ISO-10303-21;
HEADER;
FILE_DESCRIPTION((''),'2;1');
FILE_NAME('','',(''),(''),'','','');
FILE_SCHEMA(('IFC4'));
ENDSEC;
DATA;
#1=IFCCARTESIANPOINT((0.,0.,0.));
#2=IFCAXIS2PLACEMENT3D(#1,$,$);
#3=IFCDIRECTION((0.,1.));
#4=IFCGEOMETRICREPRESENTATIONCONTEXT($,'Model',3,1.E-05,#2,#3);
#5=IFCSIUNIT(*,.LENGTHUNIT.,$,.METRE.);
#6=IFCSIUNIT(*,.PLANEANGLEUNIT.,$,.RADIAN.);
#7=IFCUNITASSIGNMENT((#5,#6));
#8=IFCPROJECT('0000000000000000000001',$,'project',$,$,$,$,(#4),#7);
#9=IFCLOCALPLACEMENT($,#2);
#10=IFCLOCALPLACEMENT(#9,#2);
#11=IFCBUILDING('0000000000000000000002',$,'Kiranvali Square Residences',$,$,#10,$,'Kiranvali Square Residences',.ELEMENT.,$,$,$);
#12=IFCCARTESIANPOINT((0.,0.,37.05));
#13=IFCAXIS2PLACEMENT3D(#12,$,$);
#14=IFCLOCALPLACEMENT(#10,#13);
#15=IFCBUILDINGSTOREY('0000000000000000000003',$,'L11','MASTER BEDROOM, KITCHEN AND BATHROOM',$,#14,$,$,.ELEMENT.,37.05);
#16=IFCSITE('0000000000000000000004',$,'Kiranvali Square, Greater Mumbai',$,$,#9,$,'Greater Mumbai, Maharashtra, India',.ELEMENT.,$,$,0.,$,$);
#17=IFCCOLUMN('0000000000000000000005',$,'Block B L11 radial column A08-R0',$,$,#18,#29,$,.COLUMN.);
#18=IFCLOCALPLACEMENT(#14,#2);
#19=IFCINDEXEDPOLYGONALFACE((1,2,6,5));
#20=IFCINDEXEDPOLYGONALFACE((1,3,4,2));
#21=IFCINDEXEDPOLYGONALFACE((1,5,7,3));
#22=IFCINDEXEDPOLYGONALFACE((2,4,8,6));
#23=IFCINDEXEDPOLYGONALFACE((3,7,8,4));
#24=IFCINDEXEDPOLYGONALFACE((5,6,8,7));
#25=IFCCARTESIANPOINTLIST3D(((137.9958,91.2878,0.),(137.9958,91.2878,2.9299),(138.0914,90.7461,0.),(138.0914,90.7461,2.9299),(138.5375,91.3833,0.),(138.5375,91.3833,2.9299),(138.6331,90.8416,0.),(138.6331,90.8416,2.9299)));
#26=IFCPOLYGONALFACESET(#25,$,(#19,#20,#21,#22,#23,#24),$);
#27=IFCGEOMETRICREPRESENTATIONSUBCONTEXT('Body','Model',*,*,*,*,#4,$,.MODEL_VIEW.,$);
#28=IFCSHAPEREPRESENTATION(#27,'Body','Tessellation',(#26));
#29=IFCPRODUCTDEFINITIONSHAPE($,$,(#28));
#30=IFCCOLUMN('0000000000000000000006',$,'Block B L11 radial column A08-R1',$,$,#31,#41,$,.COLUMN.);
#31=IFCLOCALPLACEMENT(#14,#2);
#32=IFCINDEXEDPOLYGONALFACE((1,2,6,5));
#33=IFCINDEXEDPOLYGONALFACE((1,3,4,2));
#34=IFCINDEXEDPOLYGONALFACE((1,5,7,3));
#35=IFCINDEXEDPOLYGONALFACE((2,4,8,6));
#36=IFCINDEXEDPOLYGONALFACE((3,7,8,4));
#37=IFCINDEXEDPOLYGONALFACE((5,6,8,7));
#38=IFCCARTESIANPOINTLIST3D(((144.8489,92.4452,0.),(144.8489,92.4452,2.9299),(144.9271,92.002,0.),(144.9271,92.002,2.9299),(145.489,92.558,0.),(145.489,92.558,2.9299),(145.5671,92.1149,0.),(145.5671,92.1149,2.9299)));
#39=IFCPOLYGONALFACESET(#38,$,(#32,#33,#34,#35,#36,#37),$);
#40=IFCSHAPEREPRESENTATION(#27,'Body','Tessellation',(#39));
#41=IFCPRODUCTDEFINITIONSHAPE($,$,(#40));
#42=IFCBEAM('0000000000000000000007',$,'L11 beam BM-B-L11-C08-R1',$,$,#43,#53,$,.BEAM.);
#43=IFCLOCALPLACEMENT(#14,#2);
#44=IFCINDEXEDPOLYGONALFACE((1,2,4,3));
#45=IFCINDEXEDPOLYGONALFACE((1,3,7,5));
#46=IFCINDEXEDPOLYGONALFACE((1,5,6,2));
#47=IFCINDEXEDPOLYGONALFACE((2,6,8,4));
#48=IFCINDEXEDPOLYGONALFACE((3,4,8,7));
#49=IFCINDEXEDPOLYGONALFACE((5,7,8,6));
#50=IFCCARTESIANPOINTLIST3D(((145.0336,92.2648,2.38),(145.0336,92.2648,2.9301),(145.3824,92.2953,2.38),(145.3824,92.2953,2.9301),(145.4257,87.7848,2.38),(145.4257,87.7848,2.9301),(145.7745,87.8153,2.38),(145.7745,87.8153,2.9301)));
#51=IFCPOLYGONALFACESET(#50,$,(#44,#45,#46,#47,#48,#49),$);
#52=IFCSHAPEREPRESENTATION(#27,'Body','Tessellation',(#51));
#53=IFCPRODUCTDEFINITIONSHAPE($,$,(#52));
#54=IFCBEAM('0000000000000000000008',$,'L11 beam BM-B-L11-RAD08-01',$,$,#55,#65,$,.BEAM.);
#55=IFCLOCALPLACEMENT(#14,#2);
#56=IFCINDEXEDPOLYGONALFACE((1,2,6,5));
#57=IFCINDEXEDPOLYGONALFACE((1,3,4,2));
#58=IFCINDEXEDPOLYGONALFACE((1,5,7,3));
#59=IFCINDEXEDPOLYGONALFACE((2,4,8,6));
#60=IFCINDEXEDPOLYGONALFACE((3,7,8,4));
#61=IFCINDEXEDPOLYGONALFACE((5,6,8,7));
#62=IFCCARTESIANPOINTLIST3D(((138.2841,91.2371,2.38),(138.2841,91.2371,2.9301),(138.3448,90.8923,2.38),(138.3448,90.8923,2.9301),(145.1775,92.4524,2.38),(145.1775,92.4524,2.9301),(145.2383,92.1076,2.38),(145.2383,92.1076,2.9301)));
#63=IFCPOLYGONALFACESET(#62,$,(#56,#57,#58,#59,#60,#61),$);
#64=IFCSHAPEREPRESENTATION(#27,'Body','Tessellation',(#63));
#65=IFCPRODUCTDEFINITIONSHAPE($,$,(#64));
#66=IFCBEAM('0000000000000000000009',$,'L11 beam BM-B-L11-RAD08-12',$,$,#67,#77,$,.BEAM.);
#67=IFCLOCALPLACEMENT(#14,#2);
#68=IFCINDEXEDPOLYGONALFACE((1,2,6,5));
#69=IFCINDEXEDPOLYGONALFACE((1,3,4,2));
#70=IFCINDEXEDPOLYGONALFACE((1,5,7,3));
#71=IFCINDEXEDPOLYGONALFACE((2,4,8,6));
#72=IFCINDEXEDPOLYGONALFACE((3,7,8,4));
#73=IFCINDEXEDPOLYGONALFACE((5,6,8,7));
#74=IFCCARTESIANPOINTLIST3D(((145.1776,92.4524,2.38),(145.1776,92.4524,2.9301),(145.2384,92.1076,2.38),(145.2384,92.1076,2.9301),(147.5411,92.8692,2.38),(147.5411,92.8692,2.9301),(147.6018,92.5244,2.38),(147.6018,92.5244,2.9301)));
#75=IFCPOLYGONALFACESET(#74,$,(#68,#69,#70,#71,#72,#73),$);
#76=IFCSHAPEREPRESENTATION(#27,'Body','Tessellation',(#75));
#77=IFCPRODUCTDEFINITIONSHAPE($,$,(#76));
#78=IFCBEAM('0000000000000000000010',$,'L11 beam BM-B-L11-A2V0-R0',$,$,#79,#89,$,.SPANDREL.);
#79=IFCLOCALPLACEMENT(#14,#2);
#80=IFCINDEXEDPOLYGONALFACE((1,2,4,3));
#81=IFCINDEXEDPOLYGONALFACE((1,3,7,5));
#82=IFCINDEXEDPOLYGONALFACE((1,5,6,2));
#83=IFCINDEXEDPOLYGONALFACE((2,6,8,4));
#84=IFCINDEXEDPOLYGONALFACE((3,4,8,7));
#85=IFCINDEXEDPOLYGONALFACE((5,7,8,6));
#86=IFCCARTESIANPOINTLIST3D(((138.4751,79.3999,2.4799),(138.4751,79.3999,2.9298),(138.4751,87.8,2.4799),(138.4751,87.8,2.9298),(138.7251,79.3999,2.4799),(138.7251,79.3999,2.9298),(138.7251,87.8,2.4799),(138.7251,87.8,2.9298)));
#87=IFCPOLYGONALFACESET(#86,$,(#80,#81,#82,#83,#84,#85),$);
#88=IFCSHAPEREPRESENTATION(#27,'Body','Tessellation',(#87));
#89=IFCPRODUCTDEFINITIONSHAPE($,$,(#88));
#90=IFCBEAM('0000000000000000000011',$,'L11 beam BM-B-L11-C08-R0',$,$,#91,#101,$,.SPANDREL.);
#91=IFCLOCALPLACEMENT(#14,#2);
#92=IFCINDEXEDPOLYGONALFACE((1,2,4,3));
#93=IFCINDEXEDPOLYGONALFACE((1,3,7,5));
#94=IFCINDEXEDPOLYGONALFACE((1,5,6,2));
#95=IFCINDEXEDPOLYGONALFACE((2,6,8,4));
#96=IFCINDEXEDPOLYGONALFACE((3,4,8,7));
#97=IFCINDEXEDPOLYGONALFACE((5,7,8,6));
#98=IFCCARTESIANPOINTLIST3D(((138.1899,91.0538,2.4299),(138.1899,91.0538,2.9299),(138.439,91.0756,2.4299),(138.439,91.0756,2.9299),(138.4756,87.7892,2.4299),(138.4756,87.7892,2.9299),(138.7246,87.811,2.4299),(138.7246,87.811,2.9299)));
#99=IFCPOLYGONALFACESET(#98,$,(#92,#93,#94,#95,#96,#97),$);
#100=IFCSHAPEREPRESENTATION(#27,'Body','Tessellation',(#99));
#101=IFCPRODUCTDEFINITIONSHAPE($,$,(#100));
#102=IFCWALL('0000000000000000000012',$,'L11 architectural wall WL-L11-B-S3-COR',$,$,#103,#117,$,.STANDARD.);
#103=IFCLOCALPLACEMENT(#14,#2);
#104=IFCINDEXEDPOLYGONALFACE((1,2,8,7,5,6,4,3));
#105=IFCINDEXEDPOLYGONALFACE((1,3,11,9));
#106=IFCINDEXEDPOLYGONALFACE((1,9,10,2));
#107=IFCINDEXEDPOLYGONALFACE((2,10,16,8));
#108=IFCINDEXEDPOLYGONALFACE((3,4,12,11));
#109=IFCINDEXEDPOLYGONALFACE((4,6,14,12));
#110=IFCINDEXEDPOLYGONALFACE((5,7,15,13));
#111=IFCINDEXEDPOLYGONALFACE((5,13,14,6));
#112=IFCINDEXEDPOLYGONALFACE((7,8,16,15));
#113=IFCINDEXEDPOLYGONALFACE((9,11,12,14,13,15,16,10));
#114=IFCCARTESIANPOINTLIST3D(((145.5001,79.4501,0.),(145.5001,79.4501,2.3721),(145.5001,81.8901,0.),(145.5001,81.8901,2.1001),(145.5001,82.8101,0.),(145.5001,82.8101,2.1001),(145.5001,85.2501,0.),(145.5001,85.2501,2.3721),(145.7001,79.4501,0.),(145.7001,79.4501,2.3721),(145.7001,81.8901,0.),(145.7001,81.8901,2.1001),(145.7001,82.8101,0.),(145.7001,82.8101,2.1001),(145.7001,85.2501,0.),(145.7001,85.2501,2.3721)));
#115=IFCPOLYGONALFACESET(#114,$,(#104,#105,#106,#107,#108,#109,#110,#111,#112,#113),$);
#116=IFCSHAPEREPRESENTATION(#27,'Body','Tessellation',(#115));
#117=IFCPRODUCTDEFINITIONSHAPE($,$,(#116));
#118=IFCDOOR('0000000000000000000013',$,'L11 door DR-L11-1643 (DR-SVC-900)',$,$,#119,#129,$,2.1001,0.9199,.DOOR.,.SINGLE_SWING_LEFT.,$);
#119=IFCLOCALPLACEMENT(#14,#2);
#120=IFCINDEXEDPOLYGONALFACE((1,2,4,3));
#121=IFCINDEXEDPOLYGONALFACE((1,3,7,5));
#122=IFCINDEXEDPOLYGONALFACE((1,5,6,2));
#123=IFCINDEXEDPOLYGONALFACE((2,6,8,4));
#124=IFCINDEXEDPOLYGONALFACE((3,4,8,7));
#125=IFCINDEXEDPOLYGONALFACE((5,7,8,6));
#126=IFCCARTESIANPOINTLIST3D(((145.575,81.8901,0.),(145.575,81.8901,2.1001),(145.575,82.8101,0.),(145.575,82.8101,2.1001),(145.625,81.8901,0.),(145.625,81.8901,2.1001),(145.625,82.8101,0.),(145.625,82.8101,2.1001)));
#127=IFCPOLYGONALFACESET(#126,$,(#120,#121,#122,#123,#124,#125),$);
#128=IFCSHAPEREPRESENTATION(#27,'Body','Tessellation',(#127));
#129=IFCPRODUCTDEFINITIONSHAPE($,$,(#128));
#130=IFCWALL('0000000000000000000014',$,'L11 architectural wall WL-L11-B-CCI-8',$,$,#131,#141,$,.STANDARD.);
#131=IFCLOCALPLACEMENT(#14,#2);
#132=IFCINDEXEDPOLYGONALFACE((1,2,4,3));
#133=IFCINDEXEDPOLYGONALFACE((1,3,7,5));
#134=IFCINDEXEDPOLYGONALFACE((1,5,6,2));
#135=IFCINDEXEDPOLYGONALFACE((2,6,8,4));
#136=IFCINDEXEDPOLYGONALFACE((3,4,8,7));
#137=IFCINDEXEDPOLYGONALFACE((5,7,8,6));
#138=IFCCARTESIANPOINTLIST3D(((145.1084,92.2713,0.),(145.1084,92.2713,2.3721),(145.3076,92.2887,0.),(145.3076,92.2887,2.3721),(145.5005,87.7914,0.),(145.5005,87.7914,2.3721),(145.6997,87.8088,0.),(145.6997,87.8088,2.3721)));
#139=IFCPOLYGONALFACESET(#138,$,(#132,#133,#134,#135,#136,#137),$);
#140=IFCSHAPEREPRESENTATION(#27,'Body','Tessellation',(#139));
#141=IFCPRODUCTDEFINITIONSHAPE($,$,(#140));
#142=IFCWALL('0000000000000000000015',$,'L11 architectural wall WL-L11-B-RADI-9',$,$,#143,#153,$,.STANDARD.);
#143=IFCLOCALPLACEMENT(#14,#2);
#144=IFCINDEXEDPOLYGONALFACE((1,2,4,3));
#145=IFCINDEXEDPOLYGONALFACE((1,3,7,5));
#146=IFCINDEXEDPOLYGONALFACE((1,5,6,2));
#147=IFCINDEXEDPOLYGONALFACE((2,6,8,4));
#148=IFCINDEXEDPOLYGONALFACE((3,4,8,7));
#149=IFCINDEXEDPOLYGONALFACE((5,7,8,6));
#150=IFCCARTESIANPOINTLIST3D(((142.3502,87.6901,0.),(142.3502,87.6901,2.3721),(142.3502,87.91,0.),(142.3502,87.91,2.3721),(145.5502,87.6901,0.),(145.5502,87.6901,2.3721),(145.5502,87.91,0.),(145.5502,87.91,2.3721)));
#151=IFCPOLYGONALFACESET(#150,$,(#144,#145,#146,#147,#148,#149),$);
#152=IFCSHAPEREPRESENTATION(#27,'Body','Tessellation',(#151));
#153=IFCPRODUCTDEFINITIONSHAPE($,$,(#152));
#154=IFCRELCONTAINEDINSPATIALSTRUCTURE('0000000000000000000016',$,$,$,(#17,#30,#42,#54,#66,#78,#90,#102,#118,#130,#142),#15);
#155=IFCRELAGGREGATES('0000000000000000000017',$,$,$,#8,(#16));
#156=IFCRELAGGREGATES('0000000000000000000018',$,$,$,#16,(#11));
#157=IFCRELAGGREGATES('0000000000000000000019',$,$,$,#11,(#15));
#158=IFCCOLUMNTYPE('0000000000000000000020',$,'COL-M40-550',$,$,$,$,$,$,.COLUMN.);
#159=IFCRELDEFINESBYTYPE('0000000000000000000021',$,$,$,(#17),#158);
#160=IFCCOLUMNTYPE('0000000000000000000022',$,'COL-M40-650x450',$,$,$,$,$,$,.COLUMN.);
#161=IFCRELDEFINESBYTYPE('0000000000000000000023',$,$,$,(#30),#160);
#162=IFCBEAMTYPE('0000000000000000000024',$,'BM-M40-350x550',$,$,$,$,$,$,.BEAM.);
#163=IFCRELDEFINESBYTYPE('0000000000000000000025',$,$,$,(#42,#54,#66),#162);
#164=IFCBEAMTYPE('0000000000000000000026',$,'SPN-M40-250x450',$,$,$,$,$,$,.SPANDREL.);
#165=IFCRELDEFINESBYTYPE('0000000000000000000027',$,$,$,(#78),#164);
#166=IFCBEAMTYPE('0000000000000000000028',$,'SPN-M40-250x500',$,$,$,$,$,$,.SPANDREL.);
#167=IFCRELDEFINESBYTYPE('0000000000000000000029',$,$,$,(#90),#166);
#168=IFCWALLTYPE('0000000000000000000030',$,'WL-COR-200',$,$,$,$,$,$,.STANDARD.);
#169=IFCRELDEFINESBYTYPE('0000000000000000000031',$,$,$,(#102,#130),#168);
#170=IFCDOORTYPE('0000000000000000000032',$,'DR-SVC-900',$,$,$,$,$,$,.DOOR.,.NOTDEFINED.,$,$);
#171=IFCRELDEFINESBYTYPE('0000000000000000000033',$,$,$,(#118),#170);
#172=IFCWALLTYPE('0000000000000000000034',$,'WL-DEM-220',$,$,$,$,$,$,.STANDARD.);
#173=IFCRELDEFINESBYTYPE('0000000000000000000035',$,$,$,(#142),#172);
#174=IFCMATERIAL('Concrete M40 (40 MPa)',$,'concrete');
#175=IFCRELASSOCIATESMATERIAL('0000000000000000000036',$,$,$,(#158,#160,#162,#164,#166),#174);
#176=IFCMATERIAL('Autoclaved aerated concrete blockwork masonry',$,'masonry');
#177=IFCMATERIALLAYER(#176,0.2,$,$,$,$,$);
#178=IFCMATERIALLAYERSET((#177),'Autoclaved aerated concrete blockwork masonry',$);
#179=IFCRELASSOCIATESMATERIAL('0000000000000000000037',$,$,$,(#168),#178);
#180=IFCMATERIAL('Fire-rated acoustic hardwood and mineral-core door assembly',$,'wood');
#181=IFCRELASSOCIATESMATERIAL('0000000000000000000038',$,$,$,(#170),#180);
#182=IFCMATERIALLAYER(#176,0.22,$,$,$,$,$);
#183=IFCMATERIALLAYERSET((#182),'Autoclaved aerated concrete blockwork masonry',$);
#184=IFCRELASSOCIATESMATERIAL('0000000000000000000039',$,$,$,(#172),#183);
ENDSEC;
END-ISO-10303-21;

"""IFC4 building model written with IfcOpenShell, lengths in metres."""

from ifc_helpers import new_model, si_unit, direction, frame, frame_2d, origin, origin_2d, place, context, subcontext, project, spatial, rectangle, extrude, material, layer, layer_set, material_profile, profile_set, type_object, element, fill, save


model = new_model("IFC4")

# Units and contexts
model_context = context("Model", 3, precision=1e-05, world=origin(), true_north=direction((0.0, 1.0)))
body_context = subcontext(model_context, "Body", "Model", "MODEL_VIEW")
ifc_project = project(units=[si_unit("LENGTHUNIT", "METRE"), si_unit("PLANEANGLEUNIT", "RADIAN")], contexts=[model_context])

# Site, building, storey
site_placement = place(None, origin())
site = spatial("IfcSite", under=ifc_project, at=site_placement, Name="Kiranvali Square, Greater Mumbai", LongName="Greater Mumbai, Maharashtra, India", CompositionType="ELEMENT", RefElevation=0.0)
building_placement = place(site_placement, origin())
building = spatial("IfcBuilding", under=site, at=building_placement, Name="Kiranvali Square Residences", LongName="Kiranvali Square Residences", CompositionType="ELEMENT")
storey_placement = place(building_placement, frame((0.0, 0.0, 37.05)))
storey = spatial("IfcBuildingStorey", under=building, at=storey_placement, Name="L11", Description="MASTER BEDROOM, KITCHEN AND BATHROOM", CompositionType="ELEMENT", Elevation=37.05)

# Columns
ifc_material_1 = material(Name="Concrete M40 (40 MPa)", Category="concrete")
ifc_material_profile_1 = material_profile(ifc_material_1, rectangle(XDim=0.55, YDim=0.55, at=origin_2d()), Name="RC 550x550")
ifc_profile_set_1 = profile_set([ifc_material_profile_1], Name="Concrete M40 (40 MPa)")
column_type_1 = type_object("IfcColumnType", Name="COL-M40-550", PredefinedType="COLUMN", material=ifc_profile_set_1)
column_1_placement = place(storey_placement, frame((138.3145, 91.0647, 0.0), z_axis=(0.0, 0.0, 1.0), x_axis=(-0.173648, 0.984808, 0.0)))
element("IfcColumn", 1, at=column_1_placement, inside=storey, type_object=column_type_1, Name="Block B L11 radial column A08-R0", PredefinedType="COLUMN", context=body_context, shape_type="SweptSolid", body=[
    extrude(rectangle(XDim=0.55, YDim=0.55, at=origin_2d()), origin(), (0.0, 0.0, 1.0), 2.9299),
])
ifc_material_profile_2 = material_profile(ifc_material_1, rectangle(XDim=0.45, YDim=0.6499, at=origin_2d()), Name="RC 650x450")
ifc_profile_set_2 = profile_set([ifc_material_profile_2], Name="Concrete M40 (40 MPa)")
column_type_2 = type_object("IfcColumnType", Name="COL-M40-650x450", PredefinedType="COLUMN", material=ifc_profile_set_2)
column_2_placement = place(storey_placement, frame((145.208, 92.28, 0.0), z_axis=(0.0, 0.0, 1.0), x_axis=(-0.173648, 0.984808, 0.0)))
element("IfcColumn", 2, at=column_2_placement, inside=storey, type_object=column_type_2, Name="Block B L11 radial column A08-R1", PredefinedType="COLUMN", context=body_context, shape_type="SweptSolid", body=[
    extrude(rectangle(XDim=0.45, YDim=0.6499, at=origin_2d()), origin(), (0.0, 0.0, 1.0), 2.9299),
])

# Beams
ifc_material_profile_3 = material_profile(ifc_material_1, rectangle(XDim=0.3501, YDim=0.55, at=origin_2d()), Name="RC 350x550")
ifc_profile_set_3 = profile_set([ifc_material_profile_3], Name="Concrete M40 (40 MPa)")
beam_type_1 = type_object("IfcBeamType", Name="BM-M40-350x550", PredefinedType="BEAM", material=ifc_profile_set_3)
beam_1_placement = place(storey_placement, frame((145.208, 92.28, 2.655), z_axis=(0.087187, -0.996192, 0.0), x_axis=(0.996192, 0.087187, 0.0)))
element("IfcBeam", 3, at=beam_1_placement, inside=storey, type_object=beam_type_1, Name="L11 beam BM-B-L11-C08-R1", PredefinedType="BEAM", context=body_context, shape_type="SweptSolid", body=[
    extrude(rectangle(XDim=0.3501, YDim=0.55, at=origin_2d()), origin(), (0.0, 0.0, 1.0), 4.4971),
])
beam_2_placement = place(storey_placement, frame((138.3145, 91.0647, 2.655), z_axis=(0.984812, 0.173622, 0.0), x_axis=(-0.173622, 0.984812, 0.0)))
element("IfcBeam", 4, at=beam_2_placement, inside=storey, type_object=beam_type_1, Name="L11 beam BM-B-L11-RAD08-01", PredefinedType="BEAM", context=body_context, shape_type="SweptSolid", body=[
    extrude(rectangle(XDim=0.3501, YDim=0.55, at=origin_2d()), origin(), (0.0, 0.0, 1.0), 6.9998),
])
beam_3_placement = place(storey_placement, frame((145.208, 92.28, 2.655), z_axis=(0.984808, 0.173646, 0.0), x_axis=(-0.173646, 0.984808, 0.0)))
element("IfcBeam", 5, at=beam_3_placement, inside=storey, type_object=beam_type_1, Name="L11 beam BM-B-L11-RAD08-12", PredefinedType="BEAM", context=body_context, shape_type="SweptSolid", body=[
    extrude(rectangle(XDim=0.3501, YDim=0.55, at=origin_2d()), origin(), (0.0, 0.0, 1.0), 2.3999),
])
ifc_material_profile_4 = material_profile(ifc_material_1, rectangle(XDim=0.25, YDim=0.45, at=origin_2d()), Name="RC 250x450")
ifc_profile_set_4 = profile_set([ifc_material_profile_4], Name="Concrete M40 (40 MPa)")
beam_type_2 = type_object("IfcBeamType", Name="SPN-M40-250x450", PredefinedType="SPANDREL", material=ifc_profile_set_4)
beam_4_placement = place(storey_placement, frame((138.6001, 87.8, 2.7048), z_axis=(0.0, -1.0, 0.0), x_axis=(1.0, 0.0, 0.0)))
element("IfcBeam", 6, at=beam_4_placement, inside=storey, type_object=beam_type_2, Name="L11 beam BM-B-L11-A2V0-R0", PredefinedType="SPANDREL", context=body_context, shape_type="SweptSolid", body=[
    extrude(rectangle(XDim=0.25, YDim=0.45, at=origin_2d()), origin(), (0.0, 0.0, 1.0), 8.4001),
])
ifc_material_profile_5 = material_profile(ifc_material_1, rectangle(XDim=0.25, YDim=0.5, at=origin_2d()), Name="RC 250x500")
ifc_profile_set_5 = profile_set([ifc_material_profile_5], Name="Concrete M40 (40 MPa)")
beam_type_3 = type_object("IfcBeamType", Name="SPN-M40-250x500", PredefinedType="SPANDREL", material=ifc_profile_set_5)
beam_5_placement = place(storey_placement, frame((138.3145, 91.0647, 2.6799), z_axis=(0.087163, -0.996194, 0.0), x_axis=(0.996194, 0.087163, 0.0)))
element("IfcBeam", 7, at=beam_5_placement, inside=storey, type_object=beam_type_3, Name="L11 beam BM-B-L11-C08-R0", PredefinedType="SPANDREL", context=body_context, shape_type="SweptSolid", body=[
    extrude(rectangle(XDim=0.25, YDim=0.5, at=origin_2d()), origin(), (0.0, 0.0, 1.0), 3.2771),
])

# Wall, opening, door
ifc_material_2 = material(Name="Autoclaved aerated concrete blockwork masonry", Category="masonry")
ifc_layer_1 = layer(ifc_material_2, 0.2)
ifc_layer_set_1 = layer_set([ifc_layer_1], Name="Autoclaved aerated concrete blockwork masonry")
wall_type_1 = type_object("IfcWallType", Name="WL-COR-200", PredefinedType="STANDARD", material=ifc_layer_set_1)
ifc_material_3 = material(Name="Fire-rated acoustic hardwood and mineral-core door assembly", Category="wood")
wall_1_placement = place(storey_placement, frame((145.6001, 85.25, 0.0), z_axis=(0.0, 0.0, 1.0), x_axis=(0.0, -1.0, 0.0)))
wall_1 = element("IfcWall", 8, at=wall_1_placement, inside=storey, type_object=wall_type_1, Name="L11 architectural wall WL-L11-B-S3-COR", PredefinedType="STANDARD", context=body_context, shape_type="SweptSolid", body=[
    extrude(rectangle(XDim=5.8, YDim=0.2, at=frame_2d((2.8999, 0.0))), origin(), (0.0, 0.0, 1.0), 2.3721),
])
opening_1_placement = place(wall_1_placement, frame((2.4399, 0.0, 0.0)))
opening_1 = element("IfcOpeningElement", 9, at=opening_1_placement, cuts=wall_1, PredefinedType="OPENING", context=body_context, shape_type="SweptSolid", body=[
    extrude(rectangle(XDim=0.9199, YDim=2.1001, at=frame_2d((0.46, 1.05))), frame((0.0, 0.1099, 0.0), z_axis=(0.0, -1.0, 0.0), x_axis=(1.0, 0.0, 0.0)), (0.0, 0.0, 1.0), 0.22),
])
door_type_1 = type_object("IfcDoorType", Name="DR-SVC-900", OperationType="NOTDEFINED", PredefinedType="DOOR", material=ifc_material_3)
door_1_placement = place(opening_1_placement, origin())
door_1 = element("IfcDoor", 10, at=door_1_placement, inside=storey, type_object=door_type_1, Name="L11 door DR-L11-1643 (DR-SVC-900)", OperationType="SINGLE_SWING_LEFT", OverallHeight=2.1001, OverallWidth=0.9199, PredefinedType="DOOR", context=body_context, shape_type="SweptSolid", body=[
    extrude(rectangle(XDim=0.9199, YDim=2.1001, at=frame_2d((0.46, 1.05))), frame((0.0, 0.0249, 0.0), z_axis=(0.0, -1.0, 0.0), x_axis=(1.0, 0.0, 0.0)), (0.0, 0.0, 1.0), 0.05),
])
fill(opening_1, door_1)

# Walls
wall_2_placement = place(storey_placement, frame((145.208, 92.28, 0.0), z_axis=(0.0, 0.0, 1.0), x_axis=(0.087187, -0.996192, 0.0)))
element("IfcWall", 11, at=wall_2_placement, inside=storey, type_object=wall_type_1, Name="L11 architectural wall WL-L11-B-CCI-8", PredefinedType="STANDARD", context=body_context, shape_type="SweptSolid", body=[
    extrude(rectangle(XDim=4.4971, YDim=0.2, at=frame_2d((2.2485, 0.0))), origin(), (0.0, 0.0, 1.0), 2.3721),
])
ifc_layer_2 = layer(ifc_material_2, 0.22)
ifc_layer_set_2 = layer_set([ifc_layer_2], Name="Autoclaved aerated concrete blockwork masonry")
wall_type_2 = type_object("IfcWallType", Name="WL-DEM-220", PredefinedType="STANDARD", material=ifc_layer_set_2)
wall_3_placement = place(storey_placement, frame((142.3501, 87.8, 0.0), z_axis=(0.0, 0.0, 1.0), x_axis=(1.0, 0.0, 0.0)))
element("IfcWall", 12, at=wall_3_placement, inside=storey, type_object=wall_type_2, Name="L11 architectural wall WL-L11-B-RADI-9", PredefinedType="STANDARD", context=body_context, shape_type="SweptSolid", body=[
    extrude(rectangle(XDim=3.2, YDim=0.22, at=frame_2d((1.6001, 0.0))), origin(), (0.0, 0.0, 1.0), 2.3721),
])

save(model, "model.ifc")
